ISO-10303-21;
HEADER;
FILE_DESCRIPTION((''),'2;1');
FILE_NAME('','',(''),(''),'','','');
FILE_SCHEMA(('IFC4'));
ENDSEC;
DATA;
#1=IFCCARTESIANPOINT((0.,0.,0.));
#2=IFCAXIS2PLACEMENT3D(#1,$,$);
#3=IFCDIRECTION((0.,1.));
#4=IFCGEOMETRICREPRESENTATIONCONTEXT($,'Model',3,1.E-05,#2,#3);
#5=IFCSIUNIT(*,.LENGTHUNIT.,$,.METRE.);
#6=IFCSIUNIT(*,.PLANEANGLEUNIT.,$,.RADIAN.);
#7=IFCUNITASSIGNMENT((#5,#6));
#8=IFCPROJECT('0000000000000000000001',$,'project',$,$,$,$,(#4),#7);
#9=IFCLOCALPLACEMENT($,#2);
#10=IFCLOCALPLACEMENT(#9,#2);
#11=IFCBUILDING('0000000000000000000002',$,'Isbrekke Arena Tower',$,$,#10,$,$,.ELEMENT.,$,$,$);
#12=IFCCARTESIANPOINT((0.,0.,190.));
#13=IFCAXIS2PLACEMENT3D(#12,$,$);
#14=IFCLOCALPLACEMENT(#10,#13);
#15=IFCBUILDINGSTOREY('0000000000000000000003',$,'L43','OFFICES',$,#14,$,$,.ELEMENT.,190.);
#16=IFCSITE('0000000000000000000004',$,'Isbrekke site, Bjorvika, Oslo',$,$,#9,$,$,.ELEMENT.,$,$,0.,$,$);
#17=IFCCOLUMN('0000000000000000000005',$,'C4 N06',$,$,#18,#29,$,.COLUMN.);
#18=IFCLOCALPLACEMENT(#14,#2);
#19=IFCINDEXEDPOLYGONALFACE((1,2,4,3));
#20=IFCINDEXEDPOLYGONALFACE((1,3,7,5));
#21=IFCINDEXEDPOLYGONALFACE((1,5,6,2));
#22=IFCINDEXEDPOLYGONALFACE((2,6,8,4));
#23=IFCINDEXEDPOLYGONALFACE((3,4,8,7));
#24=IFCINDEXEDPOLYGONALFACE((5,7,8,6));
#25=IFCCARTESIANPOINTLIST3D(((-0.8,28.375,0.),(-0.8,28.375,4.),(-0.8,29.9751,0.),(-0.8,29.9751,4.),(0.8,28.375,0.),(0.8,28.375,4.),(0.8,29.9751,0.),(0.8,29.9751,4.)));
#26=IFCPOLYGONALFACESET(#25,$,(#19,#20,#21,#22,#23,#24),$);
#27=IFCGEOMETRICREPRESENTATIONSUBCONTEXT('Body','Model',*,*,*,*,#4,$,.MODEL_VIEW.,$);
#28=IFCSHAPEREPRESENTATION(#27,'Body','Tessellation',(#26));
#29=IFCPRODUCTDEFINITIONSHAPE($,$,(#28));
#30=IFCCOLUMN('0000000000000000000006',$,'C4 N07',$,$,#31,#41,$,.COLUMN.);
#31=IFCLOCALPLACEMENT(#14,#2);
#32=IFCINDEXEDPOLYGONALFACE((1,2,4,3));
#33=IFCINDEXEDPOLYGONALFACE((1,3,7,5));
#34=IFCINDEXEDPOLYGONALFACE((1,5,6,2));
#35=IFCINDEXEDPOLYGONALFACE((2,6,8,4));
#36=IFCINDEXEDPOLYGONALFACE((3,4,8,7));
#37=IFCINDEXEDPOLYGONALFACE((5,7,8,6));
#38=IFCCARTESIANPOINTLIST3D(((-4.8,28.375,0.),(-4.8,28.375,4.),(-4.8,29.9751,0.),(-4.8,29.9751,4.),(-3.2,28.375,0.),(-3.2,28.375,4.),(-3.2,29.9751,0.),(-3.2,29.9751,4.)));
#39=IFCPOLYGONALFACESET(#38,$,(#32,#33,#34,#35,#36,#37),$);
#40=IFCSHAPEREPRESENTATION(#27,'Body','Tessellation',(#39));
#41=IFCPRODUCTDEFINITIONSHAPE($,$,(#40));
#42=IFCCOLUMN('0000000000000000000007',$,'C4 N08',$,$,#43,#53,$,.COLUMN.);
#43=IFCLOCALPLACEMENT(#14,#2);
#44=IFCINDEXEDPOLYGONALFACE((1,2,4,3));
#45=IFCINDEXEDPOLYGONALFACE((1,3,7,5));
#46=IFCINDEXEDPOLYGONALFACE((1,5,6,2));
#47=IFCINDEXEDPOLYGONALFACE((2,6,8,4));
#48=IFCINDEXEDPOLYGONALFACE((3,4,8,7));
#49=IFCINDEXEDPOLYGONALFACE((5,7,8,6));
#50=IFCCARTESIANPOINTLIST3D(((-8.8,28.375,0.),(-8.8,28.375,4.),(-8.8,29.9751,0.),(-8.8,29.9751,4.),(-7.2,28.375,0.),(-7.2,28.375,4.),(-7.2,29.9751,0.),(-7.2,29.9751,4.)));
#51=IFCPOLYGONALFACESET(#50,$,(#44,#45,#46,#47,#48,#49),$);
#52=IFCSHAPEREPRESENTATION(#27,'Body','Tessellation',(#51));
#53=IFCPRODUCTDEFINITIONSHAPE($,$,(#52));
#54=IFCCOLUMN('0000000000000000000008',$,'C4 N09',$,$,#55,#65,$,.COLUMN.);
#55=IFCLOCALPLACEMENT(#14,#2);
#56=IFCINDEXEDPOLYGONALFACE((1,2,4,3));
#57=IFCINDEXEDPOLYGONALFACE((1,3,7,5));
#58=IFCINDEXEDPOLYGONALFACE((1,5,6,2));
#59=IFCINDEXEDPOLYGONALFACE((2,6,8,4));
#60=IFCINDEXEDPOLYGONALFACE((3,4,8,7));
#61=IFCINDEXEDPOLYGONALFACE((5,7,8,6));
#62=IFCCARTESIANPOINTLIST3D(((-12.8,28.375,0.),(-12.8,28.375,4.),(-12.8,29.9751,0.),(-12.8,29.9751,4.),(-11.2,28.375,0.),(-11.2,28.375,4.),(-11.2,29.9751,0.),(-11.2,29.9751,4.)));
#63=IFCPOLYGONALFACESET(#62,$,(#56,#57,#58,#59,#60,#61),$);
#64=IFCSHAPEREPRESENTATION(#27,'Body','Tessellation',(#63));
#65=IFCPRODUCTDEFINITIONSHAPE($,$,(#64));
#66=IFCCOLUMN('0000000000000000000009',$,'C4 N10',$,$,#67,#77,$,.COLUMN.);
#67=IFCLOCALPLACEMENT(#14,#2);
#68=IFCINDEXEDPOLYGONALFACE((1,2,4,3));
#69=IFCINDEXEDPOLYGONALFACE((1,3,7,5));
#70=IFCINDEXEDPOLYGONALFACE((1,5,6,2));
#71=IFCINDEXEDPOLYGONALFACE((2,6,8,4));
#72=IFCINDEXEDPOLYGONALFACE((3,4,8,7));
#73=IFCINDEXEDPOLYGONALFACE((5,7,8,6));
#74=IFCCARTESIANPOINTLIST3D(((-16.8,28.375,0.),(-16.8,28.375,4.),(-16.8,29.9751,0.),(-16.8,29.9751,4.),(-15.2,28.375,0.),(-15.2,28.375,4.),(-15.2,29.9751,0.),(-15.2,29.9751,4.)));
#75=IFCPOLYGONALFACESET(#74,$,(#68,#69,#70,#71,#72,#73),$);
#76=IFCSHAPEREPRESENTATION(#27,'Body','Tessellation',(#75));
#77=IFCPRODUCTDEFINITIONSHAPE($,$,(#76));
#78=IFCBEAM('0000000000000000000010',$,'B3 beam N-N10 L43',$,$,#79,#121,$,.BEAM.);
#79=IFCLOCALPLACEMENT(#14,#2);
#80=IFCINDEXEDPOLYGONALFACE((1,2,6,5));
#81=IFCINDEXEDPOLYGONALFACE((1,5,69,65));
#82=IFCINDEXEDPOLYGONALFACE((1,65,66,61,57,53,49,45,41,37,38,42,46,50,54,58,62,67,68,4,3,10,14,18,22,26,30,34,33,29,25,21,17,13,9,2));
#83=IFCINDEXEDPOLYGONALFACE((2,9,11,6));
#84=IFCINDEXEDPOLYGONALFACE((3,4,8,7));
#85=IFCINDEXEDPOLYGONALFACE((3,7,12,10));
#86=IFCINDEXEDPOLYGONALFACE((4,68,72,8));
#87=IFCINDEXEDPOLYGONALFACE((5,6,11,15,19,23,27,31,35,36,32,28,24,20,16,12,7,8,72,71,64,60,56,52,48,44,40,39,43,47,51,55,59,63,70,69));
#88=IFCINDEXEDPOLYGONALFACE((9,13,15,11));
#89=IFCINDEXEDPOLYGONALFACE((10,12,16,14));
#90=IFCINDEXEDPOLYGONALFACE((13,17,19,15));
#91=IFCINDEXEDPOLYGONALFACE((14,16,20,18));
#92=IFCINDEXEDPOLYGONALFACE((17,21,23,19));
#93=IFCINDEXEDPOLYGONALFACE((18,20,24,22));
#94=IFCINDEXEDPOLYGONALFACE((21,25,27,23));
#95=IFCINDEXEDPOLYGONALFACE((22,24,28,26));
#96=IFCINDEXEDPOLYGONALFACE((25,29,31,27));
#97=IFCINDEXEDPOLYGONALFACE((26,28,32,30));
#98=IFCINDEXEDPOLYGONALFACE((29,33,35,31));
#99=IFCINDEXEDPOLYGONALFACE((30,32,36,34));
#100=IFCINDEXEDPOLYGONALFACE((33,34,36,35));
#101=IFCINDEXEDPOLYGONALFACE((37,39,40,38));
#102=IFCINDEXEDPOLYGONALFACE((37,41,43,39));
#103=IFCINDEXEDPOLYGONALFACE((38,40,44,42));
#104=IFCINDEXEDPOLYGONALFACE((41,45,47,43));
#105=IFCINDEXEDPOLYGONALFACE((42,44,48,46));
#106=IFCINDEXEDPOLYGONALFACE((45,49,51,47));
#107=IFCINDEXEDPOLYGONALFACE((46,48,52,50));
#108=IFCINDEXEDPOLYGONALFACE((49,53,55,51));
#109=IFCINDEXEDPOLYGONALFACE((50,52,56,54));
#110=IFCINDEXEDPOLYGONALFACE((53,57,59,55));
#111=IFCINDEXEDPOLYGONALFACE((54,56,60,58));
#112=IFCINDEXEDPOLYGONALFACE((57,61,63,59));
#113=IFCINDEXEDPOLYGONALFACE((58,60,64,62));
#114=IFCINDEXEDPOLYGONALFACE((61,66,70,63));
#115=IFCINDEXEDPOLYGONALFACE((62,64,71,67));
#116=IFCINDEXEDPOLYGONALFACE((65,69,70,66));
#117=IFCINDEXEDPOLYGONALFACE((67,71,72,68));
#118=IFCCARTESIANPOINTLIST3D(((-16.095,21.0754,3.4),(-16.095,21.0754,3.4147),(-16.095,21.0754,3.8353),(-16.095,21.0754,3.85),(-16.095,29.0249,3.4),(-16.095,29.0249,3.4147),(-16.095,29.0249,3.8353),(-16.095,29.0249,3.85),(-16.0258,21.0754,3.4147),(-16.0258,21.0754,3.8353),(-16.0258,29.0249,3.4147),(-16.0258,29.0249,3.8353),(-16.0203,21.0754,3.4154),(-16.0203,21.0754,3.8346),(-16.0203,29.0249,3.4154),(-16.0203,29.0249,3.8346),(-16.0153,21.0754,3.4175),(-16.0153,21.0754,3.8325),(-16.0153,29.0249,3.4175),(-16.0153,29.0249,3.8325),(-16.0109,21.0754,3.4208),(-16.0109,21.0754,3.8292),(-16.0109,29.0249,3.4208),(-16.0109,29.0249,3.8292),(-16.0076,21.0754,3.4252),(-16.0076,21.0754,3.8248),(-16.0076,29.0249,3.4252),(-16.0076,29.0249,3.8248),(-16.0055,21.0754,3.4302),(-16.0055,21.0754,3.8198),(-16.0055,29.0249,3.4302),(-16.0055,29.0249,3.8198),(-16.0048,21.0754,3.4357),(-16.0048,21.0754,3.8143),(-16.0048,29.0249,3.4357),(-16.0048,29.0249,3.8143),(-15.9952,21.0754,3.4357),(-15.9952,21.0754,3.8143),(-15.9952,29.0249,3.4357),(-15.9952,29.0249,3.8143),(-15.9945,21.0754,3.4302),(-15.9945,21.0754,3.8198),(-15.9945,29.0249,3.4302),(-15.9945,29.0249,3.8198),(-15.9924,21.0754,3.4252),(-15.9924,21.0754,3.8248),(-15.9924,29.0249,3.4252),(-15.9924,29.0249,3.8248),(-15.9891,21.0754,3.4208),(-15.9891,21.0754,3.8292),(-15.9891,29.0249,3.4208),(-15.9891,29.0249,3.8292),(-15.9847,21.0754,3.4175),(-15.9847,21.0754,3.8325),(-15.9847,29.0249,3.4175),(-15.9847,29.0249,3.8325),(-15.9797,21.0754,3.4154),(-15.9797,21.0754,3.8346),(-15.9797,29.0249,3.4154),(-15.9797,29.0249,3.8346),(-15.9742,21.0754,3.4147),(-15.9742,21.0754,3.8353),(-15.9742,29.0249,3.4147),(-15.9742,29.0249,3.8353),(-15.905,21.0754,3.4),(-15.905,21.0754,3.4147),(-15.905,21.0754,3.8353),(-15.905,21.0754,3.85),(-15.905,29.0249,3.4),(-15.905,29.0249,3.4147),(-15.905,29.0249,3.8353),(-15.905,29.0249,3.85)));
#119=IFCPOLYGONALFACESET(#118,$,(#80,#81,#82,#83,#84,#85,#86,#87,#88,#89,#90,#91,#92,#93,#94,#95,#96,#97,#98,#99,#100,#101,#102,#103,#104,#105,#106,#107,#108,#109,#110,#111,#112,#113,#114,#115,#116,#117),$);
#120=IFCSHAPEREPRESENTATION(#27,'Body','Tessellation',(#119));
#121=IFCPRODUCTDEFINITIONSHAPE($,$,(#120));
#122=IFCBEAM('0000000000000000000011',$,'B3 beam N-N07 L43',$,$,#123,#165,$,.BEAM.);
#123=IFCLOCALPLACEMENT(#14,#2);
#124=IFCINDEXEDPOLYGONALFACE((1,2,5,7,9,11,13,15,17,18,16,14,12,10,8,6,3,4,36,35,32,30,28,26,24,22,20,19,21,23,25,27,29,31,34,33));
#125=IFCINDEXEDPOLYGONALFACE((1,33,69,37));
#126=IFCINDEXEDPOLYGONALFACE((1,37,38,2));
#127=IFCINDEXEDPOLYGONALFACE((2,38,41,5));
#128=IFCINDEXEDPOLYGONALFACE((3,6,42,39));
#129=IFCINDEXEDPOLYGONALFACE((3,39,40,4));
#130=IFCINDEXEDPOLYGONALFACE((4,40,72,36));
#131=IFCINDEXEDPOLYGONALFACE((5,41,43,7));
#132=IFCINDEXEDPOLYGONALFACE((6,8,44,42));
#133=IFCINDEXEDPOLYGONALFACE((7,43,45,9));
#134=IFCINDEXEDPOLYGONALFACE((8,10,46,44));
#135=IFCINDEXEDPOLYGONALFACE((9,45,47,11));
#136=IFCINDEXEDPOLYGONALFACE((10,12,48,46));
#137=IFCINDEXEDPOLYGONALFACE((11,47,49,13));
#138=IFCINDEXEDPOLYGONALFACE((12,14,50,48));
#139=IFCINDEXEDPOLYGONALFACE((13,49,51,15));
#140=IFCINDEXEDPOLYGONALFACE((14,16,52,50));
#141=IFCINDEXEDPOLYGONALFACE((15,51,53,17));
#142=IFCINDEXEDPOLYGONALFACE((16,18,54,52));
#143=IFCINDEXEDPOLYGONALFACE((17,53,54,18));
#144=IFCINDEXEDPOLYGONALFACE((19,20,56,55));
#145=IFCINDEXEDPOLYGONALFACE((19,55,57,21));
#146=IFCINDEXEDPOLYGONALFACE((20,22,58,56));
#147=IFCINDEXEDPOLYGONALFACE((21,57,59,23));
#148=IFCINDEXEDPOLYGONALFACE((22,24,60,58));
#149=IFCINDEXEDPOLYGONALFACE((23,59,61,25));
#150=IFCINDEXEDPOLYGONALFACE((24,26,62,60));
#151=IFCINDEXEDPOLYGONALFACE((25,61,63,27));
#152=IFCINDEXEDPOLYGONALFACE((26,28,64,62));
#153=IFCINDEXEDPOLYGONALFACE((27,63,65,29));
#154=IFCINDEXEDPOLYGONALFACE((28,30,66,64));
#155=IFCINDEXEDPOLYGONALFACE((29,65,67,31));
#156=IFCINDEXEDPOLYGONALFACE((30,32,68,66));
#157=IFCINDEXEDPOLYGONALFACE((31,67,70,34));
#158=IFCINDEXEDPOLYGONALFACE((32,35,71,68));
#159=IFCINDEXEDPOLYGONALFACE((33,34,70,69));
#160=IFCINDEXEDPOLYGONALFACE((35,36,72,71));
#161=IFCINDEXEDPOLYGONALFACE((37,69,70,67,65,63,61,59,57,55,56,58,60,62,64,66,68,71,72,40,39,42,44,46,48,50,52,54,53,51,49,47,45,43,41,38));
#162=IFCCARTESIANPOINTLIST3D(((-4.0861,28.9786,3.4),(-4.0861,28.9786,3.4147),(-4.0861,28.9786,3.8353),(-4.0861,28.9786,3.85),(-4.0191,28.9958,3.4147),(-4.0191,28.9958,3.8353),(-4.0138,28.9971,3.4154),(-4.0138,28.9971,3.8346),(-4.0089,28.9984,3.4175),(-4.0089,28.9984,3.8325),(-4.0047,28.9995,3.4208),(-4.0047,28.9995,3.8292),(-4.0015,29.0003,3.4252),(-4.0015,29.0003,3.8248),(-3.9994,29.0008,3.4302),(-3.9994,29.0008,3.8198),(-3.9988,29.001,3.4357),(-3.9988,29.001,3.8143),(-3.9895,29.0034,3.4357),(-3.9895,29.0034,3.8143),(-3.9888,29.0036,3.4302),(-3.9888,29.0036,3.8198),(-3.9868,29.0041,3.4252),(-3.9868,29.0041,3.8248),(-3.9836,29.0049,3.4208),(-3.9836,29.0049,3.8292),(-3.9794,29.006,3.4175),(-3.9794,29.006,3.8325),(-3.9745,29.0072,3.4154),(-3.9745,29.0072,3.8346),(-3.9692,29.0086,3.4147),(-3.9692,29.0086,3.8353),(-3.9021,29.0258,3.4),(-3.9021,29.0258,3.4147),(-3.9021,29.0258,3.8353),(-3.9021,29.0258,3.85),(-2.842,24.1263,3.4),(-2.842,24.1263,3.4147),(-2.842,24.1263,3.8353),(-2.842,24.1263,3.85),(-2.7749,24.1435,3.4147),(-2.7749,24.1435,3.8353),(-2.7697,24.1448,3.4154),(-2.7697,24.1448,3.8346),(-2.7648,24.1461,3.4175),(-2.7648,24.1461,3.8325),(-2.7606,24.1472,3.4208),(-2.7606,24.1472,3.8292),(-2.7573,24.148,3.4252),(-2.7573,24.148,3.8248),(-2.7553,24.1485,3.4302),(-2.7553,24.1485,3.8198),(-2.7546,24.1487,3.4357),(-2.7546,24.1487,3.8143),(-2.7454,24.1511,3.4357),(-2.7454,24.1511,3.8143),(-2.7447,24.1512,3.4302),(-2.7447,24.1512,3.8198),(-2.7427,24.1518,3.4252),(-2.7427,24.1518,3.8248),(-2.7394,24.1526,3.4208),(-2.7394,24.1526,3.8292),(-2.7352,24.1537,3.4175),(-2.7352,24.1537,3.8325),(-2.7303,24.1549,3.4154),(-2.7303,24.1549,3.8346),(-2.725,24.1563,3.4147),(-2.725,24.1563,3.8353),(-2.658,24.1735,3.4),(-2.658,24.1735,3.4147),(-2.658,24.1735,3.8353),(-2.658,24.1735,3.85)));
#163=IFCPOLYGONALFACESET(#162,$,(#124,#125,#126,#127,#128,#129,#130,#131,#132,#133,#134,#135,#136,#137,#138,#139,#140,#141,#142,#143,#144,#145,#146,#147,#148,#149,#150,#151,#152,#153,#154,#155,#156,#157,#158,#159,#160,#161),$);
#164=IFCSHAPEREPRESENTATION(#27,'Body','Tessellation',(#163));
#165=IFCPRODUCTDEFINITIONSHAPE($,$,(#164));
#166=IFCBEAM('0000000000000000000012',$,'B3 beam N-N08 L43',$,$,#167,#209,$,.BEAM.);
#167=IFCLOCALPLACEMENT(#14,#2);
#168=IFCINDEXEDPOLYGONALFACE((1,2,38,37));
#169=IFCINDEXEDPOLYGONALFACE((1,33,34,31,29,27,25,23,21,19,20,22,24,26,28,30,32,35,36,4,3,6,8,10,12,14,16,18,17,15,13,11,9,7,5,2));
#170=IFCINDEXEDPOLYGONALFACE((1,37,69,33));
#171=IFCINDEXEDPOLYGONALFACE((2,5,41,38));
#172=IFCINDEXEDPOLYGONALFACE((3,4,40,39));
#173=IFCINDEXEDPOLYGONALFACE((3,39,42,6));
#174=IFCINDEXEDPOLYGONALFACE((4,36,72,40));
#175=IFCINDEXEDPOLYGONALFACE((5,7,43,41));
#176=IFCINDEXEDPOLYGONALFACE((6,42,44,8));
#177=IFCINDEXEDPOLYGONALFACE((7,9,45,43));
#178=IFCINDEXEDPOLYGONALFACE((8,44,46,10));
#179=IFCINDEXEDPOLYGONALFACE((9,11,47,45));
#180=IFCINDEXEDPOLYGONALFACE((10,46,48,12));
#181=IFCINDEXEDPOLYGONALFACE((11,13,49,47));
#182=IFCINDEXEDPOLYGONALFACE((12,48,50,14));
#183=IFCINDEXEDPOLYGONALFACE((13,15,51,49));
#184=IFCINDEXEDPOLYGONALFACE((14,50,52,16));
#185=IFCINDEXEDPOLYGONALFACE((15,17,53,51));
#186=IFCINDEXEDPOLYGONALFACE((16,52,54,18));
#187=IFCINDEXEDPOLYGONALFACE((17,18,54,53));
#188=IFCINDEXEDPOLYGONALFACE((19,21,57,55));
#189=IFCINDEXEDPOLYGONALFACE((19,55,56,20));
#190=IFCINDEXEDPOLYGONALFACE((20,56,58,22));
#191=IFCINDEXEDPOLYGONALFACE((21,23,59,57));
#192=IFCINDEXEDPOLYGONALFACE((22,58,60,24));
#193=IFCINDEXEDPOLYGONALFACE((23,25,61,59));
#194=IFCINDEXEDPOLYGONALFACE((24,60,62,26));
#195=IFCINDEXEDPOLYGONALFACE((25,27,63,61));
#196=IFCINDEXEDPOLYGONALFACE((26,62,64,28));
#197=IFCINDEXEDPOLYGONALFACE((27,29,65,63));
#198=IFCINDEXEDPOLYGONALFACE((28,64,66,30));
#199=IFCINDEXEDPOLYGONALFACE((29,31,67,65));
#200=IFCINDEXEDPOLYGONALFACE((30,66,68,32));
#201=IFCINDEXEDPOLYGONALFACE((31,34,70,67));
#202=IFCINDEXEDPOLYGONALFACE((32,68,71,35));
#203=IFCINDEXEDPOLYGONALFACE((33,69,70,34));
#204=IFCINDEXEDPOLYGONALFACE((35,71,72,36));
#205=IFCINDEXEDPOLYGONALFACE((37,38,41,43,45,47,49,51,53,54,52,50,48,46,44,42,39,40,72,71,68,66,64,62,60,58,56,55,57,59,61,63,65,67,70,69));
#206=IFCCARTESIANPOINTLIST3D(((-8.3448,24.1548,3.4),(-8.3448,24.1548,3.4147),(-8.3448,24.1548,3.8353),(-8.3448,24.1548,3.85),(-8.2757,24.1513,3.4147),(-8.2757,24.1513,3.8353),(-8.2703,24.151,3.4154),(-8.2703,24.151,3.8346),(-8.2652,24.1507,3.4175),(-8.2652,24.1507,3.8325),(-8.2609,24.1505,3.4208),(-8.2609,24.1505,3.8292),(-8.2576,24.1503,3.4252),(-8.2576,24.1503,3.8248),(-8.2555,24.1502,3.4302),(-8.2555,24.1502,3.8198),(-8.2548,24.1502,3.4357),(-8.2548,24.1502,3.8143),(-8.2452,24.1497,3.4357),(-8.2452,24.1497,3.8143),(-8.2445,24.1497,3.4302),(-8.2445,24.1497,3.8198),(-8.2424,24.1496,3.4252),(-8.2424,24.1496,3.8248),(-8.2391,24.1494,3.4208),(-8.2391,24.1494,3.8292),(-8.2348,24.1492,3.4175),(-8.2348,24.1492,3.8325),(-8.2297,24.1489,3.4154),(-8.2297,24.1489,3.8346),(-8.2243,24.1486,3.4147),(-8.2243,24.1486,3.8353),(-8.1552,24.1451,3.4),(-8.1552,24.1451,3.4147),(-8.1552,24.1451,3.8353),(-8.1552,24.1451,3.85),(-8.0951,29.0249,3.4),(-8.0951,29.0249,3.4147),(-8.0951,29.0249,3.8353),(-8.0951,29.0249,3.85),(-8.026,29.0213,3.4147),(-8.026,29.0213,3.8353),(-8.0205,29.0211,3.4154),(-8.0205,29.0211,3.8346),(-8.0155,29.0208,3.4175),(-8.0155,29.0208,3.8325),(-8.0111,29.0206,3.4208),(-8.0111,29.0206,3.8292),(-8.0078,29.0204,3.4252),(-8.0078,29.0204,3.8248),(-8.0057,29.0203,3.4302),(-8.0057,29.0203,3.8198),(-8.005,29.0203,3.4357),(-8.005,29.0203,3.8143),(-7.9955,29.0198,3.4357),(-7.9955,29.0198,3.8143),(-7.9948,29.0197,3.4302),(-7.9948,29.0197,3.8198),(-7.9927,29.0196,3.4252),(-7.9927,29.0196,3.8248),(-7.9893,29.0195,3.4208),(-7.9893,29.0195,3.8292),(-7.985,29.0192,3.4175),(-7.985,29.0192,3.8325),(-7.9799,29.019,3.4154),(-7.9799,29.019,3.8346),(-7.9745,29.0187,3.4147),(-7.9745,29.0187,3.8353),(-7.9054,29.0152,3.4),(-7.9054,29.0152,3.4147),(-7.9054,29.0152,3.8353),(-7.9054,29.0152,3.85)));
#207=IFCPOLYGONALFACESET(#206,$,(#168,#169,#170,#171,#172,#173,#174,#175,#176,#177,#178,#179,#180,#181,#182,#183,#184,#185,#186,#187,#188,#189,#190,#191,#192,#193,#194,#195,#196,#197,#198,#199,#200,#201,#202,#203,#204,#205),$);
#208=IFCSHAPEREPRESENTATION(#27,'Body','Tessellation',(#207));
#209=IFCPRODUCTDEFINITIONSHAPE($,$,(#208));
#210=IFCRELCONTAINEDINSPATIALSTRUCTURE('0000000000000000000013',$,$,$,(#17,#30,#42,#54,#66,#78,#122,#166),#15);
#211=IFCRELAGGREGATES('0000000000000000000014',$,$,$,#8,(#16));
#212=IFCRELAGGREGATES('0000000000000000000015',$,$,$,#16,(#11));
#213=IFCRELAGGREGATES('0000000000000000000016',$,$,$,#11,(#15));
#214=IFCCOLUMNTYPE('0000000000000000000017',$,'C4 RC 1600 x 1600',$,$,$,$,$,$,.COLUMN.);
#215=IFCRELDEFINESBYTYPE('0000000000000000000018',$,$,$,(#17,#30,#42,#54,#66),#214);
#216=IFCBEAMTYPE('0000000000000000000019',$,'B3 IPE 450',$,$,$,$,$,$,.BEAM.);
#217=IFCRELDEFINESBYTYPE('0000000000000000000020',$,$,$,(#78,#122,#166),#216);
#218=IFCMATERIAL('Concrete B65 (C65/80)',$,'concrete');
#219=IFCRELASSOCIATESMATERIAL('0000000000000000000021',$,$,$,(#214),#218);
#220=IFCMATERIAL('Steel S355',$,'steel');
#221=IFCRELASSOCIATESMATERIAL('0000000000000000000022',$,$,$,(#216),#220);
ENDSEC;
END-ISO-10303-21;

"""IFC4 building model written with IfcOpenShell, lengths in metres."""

from ifc_helpers import new_model, si_unit, direction, frame, origin, origin_2d, place, context, subcontext, project, spatial, rectangle, i_section, extrude, material, material_profile, profile_set, type_object, element, save


model = new_model("IFC4")

# Units and contexts
model_context = context("Model", 3, precision=1e-05, world=origin(), true_north=direction((0.0, 1.0)))
body_context = subcontext(model_context, "Body", "Model", "MODEL_VIEW")
ifc_project = project(units=[si_unit("LENGTHUNIT", "METRE"), si_unit("PLANEANGLEUNIT", "RADIAN")], contexts=[model_context])

# Site, building, storey
site_placement = place(None, origin())
site = spatial("IfcSite", under=ifc_project, at=site_placement, Name="Isbrekke site, Bjorvika, Oslo", CompositionType="ELEMENT", RefElevation=0.0)
building_placement = place(site_placement, origin())
building = spatial("IfcBuilding", under=site, at=building_placement, Name="Isbrekke Arena Tower", CompositionType="ELEMENT")
storey_placement = place(building_placement, frame((0.0, 0.0, 190.0)))
storey = spatial("IfcBuildingStorey", under=building, at=storey_placement, Name="L43", Description="OFFICES", CompositionType="ELEMENT", Elevation=190.0)

# Columns
ifc_material_1 = material(Name="Concrete B65 (C65/80)", Category="concrete")
ifc_material_profile_1 = material_profile(ifc_material_1, rectangle(XDim=1.6001, YDim=1.6001, at=origin_2d()), Name="RC 1600x1600")
ifc_profile_set_1 = profile_set([ifc_material_profile_1], Name="Concrete B65 (C65/80)")
column_type = type_object("IfcColumnType", Name="C4 RC 1600 x 1600", PredefinedType="COLUMN", material=ifc_profile_set_1)
for number, where, z_axis, x_axis, name in (
    (1, (0.0, 29.175, 0.0), (0.0, 0.0, 1.0), (-1.0, 0.0, 0.0), "C4 N06"),
    (2, (-4.0, 29.175, 0.0), (0.0, 0.0, 1.0), (-1.0, 0.0, 0.0), "C4 N07"),
    (3, (-8.0, 29.175, 0.0), (0.0, 0.0, 1.0), (-1.0, 0.0, 0.0), "C4 N08"),
    (4, (-12.0, 29.175, 0.0), (0.0, 0.0, 1.0), (-1.0, 0.0, 0.0), "C4 N09"),
    (5, (-16.0, 29.175, 0.0), (0.0, 0.0, 1.0), (-1.0, 0.0, 0.0), "C4 N10"),
):
    element("IfcColumn", number, at=place(storey_placement, frame(where, z_axis=z_axis, x_axis=x_axis)), inside=storey, type_object=column_type, Name=name, PredefinedType="COLUMN", context=body_context, shape_type="SweptSolid", body=[
        extrude(rectangle(XDim=1.6001, YDim=1.6001, at=origin_2d()), origin(), (0.0, 0.0, 1.0), 4.0),
    ])

# Beams
ifc_material_2 = material(Name="Steel S355", Category="steel")
ifc_material_profile_2 = material_profile(ifc_material_2, i_section(OverallWidth=0.1899, OverallDepth=0.45, WebThickness=0.0095, FlangeThickness=0.0146, FilletRadius=0.021, at=origin_2d()), Name="IPE 450")
ifc_profile_set_2 = profile_set([ifc_material_profile_2], Name="Steel S355")
beam_type_1 = type_object("IfcBeamType", Name="B3 IPE 450", PredefinedType="BEAM", material=ifc_profile_set_2)
beam_1_placement = place(storey_placement, frame((-16.0, 29.0249, 3.625), z_axis=(0.0, -1.0, 0.0), x_axis=(1.0, 0.0, 0.0)))
element("IfcBeam", 6, at=beam_1_placement, inside=storey, type_object=beam_type_1, Name="B3 beam N-N10 L43", PredefinedType="BEAM", context=body_context, shape_type="SweptSolid", body=[
    extrude(i_section(OverallWidth=0.1899, OverallDepth=0.45, WebThickness=0.0095, FlangeThickness=0.0146, FilletRadius=0.021, at=origin_2d()), origin(), (0.0, 0.0, 1.0), 7.9495),
])
beam_2_placement = place(storey_placement, frame((-3.9941, 29.0022, 3.625), z_axis=(0.248368, -0.968666, 0.0), x_axis=(0.968666, 0.248368, 0.0)))
element("IfcBeam", 7, at=beam_2_placement, inside=storey, type_object=beam_type_1, Name="B3 beam N-N07 L43", PredefinedType="BEAM", context=body_context, shape_type="SweptSolid", body=[
    extrude(i_section(OverallWidth=0.1899, OverallDepth=0.45, WebThickness=0.0095, FlangeThickness=0.0146, FilletRadius=0.021, at=origin_2d()), origin(), (0.0, 0.0, 1.0), 5.0093),
])
beam_3_placement = place(storey_placement, frame((-8.0002, 29.02, 3.625), z_axis=(-0.051216, -0.998688, 0.0), x_axis=(0.998688, -0.051216, 0.0)))
element("IfcBeam", 8, at=beam_3_placement, inside=storey, type_object=beam_type_1, Name="B3 beam N-N08 L43", PredefinedType="BEAM", context=body_context, shape_type="SweptSolid", body=[
    extrude(i_section(OverallWidth=0.1899, OverallDepth=0.45, WebThickness=0.0095, FlangeThickness=0.0146, FilletRadius=0.021, at=origin_2d()), origin(), (0.0, 0.0, 1.0), 4.8765),
])

save(model, "model.ifc")
